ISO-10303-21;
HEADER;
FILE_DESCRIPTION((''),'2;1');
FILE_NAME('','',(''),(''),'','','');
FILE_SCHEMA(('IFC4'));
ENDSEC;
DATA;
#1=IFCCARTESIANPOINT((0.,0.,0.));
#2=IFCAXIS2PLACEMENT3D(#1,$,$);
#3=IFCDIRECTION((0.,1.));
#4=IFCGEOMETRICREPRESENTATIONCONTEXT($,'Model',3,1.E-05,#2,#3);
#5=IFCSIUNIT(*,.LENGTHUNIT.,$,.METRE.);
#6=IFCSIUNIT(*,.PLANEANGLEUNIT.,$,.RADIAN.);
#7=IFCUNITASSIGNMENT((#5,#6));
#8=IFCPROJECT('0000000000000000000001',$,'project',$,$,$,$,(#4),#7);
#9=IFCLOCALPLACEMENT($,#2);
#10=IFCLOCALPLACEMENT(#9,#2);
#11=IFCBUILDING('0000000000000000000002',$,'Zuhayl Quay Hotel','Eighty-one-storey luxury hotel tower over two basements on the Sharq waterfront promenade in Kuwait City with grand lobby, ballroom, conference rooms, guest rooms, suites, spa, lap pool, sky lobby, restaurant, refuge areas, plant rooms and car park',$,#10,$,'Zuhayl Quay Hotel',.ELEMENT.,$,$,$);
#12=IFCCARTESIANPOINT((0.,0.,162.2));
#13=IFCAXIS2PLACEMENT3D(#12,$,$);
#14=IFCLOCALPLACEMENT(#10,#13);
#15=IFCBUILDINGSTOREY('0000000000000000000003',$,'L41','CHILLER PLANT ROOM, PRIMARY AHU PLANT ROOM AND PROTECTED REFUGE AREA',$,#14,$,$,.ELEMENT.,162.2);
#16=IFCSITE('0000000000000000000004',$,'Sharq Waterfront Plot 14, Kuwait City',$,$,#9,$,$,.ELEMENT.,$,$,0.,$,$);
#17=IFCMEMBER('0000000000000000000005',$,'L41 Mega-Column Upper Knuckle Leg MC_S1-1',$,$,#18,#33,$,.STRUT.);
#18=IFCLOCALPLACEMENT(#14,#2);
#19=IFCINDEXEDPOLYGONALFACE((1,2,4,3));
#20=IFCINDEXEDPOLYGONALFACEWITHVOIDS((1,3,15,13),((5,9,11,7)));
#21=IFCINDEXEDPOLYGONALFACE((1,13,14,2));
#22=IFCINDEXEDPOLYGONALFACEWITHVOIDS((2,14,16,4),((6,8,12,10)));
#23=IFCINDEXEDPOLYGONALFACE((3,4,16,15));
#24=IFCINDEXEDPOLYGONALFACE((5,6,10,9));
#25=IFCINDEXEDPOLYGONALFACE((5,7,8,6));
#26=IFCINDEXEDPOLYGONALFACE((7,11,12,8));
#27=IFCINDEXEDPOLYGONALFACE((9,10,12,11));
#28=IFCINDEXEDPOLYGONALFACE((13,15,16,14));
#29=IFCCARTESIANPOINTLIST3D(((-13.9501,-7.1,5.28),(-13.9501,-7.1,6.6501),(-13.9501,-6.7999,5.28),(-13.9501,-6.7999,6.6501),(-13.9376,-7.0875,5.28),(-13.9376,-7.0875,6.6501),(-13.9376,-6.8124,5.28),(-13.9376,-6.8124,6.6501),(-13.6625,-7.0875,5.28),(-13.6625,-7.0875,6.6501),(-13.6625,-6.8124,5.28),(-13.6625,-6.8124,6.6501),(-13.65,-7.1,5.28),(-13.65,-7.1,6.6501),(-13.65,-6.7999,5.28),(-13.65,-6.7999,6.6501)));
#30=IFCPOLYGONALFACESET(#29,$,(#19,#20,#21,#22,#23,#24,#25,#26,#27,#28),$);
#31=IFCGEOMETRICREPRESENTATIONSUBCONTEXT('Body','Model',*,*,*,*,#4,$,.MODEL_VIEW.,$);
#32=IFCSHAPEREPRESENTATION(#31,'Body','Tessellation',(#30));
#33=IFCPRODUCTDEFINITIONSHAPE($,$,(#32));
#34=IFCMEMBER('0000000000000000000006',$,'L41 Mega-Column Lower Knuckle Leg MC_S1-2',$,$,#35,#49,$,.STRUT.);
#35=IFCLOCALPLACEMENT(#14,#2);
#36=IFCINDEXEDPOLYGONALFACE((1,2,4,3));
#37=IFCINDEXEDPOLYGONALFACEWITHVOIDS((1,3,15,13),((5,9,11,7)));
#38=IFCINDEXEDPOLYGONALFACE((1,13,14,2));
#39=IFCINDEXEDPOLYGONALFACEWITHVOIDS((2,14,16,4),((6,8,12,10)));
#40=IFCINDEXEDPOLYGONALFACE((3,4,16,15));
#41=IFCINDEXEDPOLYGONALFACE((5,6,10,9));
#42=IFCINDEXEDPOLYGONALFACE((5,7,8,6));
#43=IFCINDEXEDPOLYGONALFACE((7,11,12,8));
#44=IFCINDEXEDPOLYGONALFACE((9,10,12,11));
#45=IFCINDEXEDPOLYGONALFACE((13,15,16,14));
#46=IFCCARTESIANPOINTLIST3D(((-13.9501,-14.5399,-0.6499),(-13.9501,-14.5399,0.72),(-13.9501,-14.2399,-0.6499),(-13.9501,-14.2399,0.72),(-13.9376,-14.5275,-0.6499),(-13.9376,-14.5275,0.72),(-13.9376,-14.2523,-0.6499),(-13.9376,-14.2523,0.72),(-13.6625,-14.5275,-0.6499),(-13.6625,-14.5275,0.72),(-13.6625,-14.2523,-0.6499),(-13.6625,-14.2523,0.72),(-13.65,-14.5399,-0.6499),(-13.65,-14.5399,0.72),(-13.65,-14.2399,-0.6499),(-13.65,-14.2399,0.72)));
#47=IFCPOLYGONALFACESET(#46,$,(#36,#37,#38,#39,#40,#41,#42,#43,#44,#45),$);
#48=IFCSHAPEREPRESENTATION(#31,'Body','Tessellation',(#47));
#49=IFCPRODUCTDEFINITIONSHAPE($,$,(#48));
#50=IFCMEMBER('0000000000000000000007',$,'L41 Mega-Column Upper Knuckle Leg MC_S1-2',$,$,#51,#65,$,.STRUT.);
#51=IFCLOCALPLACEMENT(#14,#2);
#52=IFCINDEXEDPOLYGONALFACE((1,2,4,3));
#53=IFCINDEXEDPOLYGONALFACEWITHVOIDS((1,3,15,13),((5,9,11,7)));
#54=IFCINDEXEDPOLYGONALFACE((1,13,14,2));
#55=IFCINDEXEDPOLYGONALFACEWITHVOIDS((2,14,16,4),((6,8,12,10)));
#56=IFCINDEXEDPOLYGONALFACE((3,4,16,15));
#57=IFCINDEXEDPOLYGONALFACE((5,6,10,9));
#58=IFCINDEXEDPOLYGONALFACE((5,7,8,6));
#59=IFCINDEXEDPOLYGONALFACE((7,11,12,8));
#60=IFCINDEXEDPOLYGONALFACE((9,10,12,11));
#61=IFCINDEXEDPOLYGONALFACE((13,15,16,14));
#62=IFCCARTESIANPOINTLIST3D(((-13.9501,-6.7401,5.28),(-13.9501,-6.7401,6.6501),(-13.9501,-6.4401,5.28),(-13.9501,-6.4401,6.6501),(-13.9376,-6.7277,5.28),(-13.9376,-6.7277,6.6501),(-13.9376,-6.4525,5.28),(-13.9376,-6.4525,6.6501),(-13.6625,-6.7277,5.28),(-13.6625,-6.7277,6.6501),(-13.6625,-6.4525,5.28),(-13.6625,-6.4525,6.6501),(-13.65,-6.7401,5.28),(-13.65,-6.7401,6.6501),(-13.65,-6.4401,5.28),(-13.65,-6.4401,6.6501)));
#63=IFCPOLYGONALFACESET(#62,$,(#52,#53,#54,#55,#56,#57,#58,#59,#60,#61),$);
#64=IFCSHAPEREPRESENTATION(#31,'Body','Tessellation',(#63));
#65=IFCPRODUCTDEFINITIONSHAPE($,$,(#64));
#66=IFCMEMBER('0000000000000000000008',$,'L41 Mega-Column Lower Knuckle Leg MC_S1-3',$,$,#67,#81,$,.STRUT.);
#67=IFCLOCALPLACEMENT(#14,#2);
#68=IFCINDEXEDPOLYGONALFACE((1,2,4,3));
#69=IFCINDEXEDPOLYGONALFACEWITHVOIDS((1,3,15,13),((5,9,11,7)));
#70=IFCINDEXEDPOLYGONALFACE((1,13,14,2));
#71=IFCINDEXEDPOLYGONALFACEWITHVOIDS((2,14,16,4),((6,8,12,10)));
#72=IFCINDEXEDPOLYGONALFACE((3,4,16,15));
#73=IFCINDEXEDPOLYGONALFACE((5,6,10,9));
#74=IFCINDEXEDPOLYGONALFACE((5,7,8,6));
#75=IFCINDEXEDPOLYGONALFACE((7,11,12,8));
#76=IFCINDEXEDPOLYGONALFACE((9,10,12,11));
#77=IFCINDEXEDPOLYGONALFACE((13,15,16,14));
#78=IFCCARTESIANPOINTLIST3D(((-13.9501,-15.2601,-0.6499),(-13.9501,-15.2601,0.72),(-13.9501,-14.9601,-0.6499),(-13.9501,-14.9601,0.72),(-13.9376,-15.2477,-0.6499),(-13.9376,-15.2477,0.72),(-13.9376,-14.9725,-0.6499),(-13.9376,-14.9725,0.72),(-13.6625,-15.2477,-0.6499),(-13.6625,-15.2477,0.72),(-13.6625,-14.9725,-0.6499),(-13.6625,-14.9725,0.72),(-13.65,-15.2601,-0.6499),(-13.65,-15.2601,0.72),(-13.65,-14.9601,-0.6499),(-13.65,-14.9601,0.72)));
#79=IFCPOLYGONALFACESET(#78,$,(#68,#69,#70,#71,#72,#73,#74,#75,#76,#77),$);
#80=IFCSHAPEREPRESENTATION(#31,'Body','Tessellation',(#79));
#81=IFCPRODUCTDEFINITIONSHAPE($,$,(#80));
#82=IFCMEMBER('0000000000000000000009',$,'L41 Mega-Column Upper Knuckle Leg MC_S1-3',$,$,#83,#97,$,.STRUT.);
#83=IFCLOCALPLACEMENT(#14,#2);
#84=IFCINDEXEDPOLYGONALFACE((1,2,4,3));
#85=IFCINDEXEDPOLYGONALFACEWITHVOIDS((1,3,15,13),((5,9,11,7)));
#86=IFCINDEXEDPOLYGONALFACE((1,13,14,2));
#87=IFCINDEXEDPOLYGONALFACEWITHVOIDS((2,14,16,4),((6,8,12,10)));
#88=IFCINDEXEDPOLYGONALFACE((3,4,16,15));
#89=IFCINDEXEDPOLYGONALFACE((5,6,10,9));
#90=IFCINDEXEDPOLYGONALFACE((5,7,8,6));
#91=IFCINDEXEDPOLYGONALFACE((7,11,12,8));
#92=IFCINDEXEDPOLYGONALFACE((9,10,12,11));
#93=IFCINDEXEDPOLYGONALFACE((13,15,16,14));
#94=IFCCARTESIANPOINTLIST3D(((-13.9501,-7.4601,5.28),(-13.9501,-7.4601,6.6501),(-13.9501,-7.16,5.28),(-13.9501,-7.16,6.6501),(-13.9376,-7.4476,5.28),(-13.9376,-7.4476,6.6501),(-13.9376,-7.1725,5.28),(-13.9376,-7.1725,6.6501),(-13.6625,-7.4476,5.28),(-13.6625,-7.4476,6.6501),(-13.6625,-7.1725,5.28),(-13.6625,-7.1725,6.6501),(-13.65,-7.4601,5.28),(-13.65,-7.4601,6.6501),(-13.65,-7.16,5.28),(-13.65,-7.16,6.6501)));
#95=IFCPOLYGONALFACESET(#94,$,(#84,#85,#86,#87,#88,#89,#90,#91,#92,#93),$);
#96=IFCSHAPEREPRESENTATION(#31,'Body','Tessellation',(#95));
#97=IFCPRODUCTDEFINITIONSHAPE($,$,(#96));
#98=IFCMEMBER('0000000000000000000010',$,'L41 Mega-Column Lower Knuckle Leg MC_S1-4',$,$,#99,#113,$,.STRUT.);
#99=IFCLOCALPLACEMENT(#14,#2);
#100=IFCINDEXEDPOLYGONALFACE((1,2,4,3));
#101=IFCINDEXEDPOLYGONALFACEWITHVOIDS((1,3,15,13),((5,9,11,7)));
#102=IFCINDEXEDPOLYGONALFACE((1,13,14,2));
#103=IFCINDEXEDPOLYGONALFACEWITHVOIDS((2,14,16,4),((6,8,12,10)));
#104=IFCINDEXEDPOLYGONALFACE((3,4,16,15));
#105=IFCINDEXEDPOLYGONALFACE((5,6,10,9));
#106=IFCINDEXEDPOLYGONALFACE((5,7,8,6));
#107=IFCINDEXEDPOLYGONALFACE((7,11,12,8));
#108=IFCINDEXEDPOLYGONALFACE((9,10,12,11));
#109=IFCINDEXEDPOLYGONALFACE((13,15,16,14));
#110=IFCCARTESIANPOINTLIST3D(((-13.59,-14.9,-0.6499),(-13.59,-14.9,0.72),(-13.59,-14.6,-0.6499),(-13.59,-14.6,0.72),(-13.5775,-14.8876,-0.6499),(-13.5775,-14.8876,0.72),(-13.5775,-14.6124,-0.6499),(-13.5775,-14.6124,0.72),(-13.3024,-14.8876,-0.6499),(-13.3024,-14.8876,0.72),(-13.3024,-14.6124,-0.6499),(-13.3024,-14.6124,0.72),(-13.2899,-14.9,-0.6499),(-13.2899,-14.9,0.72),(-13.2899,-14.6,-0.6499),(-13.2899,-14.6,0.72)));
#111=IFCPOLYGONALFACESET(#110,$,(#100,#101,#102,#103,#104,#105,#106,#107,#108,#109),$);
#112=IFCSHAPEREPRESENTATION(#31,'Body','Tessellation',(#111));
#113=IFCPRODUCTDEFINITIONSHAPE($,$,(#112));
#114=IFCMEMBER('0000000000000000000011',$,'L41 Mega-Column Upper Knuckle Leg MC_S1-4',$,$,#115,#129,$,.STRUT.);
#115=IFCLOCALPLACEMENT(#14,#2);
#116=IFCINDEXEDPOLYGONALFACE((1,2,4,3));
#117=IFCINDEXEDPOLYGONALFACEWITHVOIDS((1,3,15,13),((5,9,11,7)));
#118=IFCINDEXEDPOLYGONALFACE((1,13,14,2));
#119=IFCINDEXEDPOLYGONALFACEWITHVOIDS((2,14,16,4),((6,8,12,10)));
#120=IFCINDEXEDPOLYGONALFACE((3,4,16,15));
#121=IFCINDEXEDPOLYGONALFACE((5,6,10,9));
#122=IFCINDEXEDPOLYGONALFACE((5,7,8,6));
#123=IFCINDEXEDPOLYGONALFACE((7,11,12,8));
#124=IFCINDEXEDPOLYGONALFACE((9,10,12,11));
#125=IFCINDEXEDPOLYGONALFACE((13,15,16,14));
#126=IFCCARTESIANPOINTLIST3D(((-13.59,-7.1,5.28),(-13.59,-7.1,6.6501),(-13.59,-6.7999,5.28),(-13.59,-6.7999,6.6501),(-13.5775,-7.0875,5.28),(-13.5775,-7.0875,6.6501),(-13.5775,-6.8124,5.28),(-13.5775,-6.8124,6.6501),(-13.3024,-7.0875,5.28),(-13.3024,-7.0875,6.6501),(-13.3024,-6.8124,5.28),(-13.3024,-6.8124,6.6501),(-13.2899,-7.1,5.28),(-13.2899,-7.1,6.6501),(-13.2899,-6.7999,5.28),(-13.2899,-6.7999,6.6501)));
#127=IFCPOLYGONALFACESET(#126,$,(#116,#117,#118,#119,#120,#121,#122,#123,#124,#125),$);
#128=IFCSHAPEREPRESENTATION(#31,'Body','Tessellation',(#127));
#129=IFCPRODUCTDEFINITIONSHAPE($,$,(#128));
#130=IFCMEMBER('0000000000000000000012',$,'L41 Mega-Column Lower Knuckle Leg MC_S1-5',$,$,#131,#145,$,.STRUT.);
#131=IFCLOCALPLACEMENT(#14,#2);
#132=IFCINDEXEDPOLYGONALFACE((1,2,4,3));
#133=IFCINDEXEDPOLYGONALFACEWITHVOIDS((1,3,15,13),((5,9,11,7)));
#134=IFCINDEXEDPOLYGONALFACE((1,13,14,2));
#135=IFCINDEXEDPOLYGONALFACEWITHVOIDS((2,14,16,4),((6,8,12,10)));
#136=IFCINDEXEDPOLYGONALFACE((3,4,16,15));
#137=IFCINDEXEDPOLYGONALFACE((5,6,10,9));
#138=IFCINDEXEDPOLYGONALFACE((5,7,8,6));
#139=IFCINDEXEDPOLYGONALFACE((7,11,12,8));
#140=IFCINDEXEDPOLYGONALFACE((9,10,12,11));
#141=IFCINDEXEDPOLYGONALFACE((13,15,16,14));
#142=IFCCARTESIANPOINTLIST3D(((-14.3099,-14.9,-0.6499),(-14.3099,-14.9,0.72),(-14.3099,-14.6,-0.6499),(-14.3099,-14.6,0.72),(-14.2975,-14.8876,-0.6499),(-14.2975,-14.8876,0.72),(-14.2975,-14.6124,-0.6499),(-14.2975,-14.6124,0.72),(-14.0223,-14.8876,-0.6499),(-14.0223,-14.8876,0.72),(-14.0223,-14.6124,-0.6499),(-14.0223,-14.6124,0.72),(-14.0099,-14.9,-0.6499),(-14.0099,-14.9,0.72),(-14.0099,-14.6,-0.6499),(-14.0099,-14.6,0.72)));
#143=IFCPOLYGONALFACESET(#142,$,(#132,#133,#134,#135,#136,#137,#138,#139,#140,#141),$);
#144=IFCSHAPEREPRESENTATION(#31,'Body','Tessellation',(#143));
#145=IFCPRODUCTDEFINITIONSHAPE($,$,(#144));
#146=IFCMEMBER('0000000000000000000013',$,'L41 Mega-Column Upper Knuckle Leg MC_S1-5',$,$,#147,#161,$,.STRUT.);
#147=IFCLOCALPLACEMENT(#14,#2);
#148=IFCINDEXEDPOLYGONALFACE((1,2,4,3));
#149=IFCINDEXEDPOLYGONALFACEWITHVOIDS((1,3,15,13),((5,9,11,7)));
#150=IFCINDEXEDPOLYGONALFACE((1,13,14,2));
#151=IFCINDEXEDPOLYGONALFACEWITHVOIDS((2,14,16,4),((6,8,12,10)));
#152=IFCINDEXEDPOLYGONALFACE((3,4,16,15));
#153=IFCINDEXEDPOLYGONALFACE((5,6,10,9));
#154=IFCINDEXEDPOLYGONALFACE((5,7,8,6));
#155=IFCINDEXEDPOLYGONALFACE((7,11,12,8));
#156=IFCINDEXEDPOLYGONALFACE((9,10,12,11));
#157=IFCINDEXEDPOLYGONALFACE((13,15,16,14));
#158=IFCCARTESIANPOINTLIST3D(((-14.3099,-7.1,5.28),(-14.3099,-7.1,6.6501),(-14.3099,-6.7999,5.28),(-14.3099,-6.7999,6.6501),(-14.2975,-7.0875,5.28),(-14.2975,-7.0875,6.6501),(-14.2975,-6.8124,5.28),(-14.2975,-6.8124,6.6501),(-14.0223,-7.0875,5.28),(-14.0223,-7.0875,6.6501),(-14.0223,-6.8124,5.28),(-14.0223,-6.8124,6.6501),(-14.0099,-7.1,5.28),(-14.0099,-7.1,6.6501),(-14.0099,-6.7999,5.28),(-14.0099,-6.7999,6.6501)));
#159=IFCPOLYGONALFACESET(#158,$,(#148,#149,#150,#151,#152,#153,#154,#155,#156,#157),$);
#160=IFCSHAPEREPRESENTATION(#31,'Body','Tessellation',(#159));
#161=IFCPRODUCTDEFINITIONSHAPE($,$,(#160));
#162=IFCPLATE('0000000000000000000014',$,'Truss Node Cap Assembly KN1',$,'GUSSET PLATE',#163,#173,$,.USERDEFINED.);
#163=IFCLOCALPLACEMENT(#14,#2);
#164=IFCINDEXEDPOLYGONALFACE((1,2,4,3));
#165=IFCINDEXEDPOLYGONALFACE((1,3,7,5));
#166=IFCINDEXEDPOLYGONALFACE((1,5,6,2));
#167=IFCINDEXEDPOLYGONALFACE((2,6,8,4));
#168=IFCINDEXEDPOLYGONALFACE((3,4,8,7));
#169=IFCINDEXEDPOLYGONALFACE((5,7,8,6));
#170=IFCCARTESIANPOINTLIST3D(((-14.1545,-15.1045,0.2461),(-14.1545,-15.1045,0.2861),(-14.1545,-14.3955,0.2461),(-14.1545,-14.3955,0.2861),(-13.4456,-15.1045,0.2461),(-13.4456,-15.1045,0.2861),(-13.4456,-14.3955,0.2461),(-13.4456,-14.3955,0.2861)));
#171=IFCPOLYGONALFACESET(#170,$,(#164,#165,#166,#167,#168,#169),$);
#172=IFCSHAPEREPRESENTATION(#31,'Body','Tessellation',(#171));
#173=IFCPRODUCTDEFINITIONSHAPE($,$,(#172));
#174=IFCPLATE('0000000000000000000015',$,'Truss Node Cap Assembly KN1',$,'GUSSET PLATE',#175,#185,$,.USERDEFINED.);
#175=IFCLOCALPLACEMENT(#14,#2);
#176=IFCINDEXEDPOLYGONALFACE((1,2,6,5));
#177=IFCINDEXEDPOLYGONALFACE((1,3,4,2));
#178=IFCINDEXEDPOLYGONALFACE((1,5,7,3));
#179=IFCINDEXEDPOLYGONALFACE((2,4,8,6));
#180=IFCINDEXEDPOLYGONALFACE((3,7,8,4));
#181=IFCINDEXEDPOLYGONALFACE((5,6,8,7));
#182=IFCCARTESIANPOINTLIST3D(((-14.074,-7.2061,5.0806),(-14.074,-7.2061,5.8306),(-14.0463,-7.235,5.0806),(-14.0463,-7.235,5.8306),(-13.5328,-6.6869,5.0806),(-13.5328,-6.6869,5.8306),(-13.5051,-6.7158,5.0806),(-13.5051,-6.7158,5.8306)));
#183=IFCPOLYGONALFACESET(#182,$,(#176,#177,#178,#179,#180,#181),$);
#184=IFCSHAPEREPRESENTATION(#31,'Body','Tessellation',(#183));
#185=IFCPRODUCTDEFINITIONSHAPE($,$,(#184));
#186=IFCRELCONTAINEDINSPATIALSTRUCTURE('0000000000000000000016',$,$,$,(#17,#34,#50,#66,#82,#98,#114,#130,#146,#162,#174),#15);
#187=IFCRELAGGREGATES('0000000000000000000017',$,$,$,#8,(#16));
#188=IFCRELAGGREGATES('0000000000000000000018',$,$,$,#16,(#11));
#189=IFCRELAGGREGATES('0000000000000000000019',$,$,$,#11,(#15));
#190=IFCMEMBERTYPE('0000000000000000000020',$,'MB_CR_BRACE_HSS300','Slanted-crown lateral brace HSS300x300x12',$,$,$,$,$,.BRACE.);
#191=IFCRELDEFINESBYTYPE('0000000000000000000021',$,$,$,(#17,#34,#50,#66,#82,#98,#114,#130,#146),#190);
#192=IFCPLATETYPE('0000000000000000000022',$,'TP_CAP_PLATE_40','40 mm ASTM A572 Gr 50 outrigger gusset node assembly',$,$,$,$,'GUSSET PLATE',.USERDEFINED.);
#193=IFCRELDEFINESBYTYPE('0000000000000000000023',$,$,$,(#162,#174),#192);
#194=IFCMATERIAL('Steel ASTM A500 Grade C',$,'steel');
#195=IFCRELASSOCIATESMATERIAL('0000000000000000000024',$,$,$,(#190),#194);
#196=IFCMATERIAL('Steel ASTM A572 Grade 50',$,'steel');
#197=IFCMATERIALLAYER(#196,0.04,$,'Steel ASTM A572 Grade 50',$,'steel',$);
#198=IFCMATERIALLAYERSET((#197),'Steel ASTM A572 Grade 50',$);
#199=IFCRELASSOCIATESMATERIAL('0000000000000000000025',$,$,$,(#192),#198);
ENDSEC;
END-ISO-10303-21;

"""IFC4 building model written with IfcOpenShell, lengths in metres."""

from ifc_helpers import new_model, si_unit, direction, frame, origin, origin_2d, place, context, subcontext, project, spatial, rectangle, hollow_rectangle, extrude, material, layer, layer_set, material_profile, profile_set, type_object, element, save


model = new_model("IFC4")

# Units and contexts
model_context = context("Model", 3, precision=1e-05, world=origin(), true_north=direction((0.0, 1.0)))
body_context = subcontext(model_context, "Body", "Model", "MODEL_VIEW")
ifc_project = project(units=[si_unit("LENGTHUNIT", "METRE"), si_unit("PLANEANGLEUNIT", "RADIAN")], contexts=[model_context])

# Site, building, storey
site_placement = place(None, origin())
site = spatial("IfcSite", under=ifc_project, at=site_placement, Name="Sharq Waterfront Plot 14, Kuwait City", CompositionType="ELEMENT", RefElevation=0.0)
building_placement = place(site_placement, origin())
building = spatial("IfcBuilding", under=site, at=building_placement, Name="Zuhayl Quay Hotel", Description="Eighty-one-storey luxury hotel tower over two basements on the Sharq waterfront promenade in Kuwait City with grand lobby, ballroom, conference rooms, guest rooms, suites, spa, lap pool, sky lobby, restaurant, refuge areas, plant rooms and car park", LongName="Zuhayl Quay Hotel", CompositionType="ELEMENT")
storey_placement = place(building_placement, frame((0.0, 0.0, 162.2)))
storey = spatial("IfcBuildingStorey", under=building, at=storey_placement, Name="L41", Description="CHILLER PLANT ROOM, PRIMARY AHU PLANT ROOM AND PROTECTED REFUGE AREA", CompositionType="ELEMENT", Elevation=162.2)

# Members
ifc_material_1 = material(Name="Steel ASTM A500 Grade C", Category="steel")
ifc_material_profile_1 = material_profile(ifc_material_1, hollow_rectangle(XDim=0.3, YDim=0.3, WallThickness=0.0125, at=origin_2d()), Name="HSS300X300X12")
ifc_profile_set_1 = profile_set([ifc_material_profile_1], Name="Steel ASTM A500 Grade C")
member_type_1 = type_object("IfcMemberType", Name="MB_CR_BRACE_HSS300", Description="Slanted-crown lateral brace HSS300x300x12", PredefinedType="BRACE", material=ifc_profile_set_1)
member_1_placement = place(storey_placement, frame((-13.8, -6.95, 5.28), z_axis=(0.0, 0.0, 1.0), x_axis=(1.0, 0.0, 0.0)))
element("IfcMember", 1, at=member_1_placement, inside=storey, type_object=member_type_1, Name="L41 Mega-Column Upper Knuckle Leg MC_S1-1", PredefinedType="STRUT", context=body_context, shape_type="SweptSolid", body=[
    extrude(hollow_rectangle(XDim=0.3, YDim=0.3, WallThickness=0.0125, at=origin_2d()), origin(), (0.0, 0.0, 1.0), 1.3701),
])
member_2_placement = place(storey_placement, frame((-13.8, -14.3899, -0.6499), z_axis=(0.0, 0.0, 1.0), x_axis=(1.0, 0.0, 0.0)))
element("IfcMember", 2, at=member_2_placement, inside=storey, type_object=member_type_1, Name="L41 Mega-Column Lower Knuckle Leg MC_S1-2", PredefinedType="STRUT", context=body_context, shape_type="SweptSolid", body=[
    extrude(hollow_rectangle(XDim=0.3, YDim=0.3, WallThickness=0.0125, at=origin_2d()), origin(), (0.0, 0.0, 1.0), 1.3699),
])
member_3_placement = place(storey_placement, frame((-13.8, -6.5901, 5.28), z_axis=(0.0, 0.0, 1.0), x_axis=(1.0, 0.0, 0.0)))
element("IfcMember", 3, at=member_3_placement, inside=storey, type_object=member_type_1, Name="L41 Mega-Column Upper Knuckle Leg MC_S1-2", PredefinedType="STRUT", context=body_context, shape_type="SweptSolid", body=[
    extrude(hollow_rectangle(XDim=0.3, YDim=0.3, WallThickness=0.0125, at=origin_2d()), origin(), (0.0, 0.0, 1.0), 1.3701),
])
member_4_placement = place(storey_placement, frame((-13.8, -15.1101, -0.6499), z_axis=(0.0, 0.0, 1.0), x_axis=(1.0, 0.0, 0.0)))
element("IfcMember", 4, at=member_4_placement, inside=storey, type_object=member_type_1, Name="L41 Mega-Column Lower Knuckle Leg MC_S1-3", PredefinedType="STRUT", context=body_context, shape_type="SweptSolid", body=[
    extrude(hollow_rectangle(XDim=0.3, YDim=0.3, WallThickness=0.0125, at=origin_2d()), origin(), (0.0, 0.0, 1.0), 1.3699),
])
member_5_placement = place(storey_placement, frame((-13.8, -7.3101, 5.28), z_axis=(0.0, 0.0, 1.0), x_axis=(1.0, 0.0, 0.0)))
element("IfcMember", 5, at=member_5_placement, inside=storey, type_object=member_type_1, Name="L41 Mega-Column Upper Knuckle Leg MC_S1-3", PredefinedType="STRUT", context=body_context, shape_type="SweptSolid", body=[
    extrude(hollow_rectangle(XDim=0.3, YDim=0.3, WallThickness=0.0125, at=origin_2d()), origin(), (0.0, 0.0, 1.0), 1.3701),
])
member_6_placement = place(storey_placement, frame((-13.4399, -14.75, -0.6499), z_axis=(0.0, 0.0, 1.0), x_axis=(1.0, 0.0, 0.0)))
element("IfcMember", 6, at=member_6_placement, inside=storey, type_object=member_type_1, Name="L41 Mega-Column Lower Knuckle Leg MC_S1-4", PredefinedType="STRUT", context=body_context, shape_type="SweptSolid", body=[
    extrude(hollow_rectangle(XDim=0.3, YDim=0.3, WallThickness=0.0125, at=origin_2d()), origin(), (0.0, 0.0, 1.0), 1.3699),
])
member_7_placement = place(storey_placement, frame((-13.4399, -6.95, 5.28), z_axis=(0.0, 0.0, 1.0), x_axis=(1.0, 0.0, 0.0)))
element("IfcMember", 7, at=member_7_placement, inside=storey, type_object=member_type_1, Name="L41 Mega-Column Upper Knuckle Leg MC_S1-4", PredefinedType="STRUT", context=body_context, shape_type="SweptSolid", body=[
    extrude(hollow_rectangle(XDim=0.3, YDim=0.3, WallThickness=0.0125, at=origin_2d()), origin(), (0.0, 0.0, 1.0), 1.3701),
])
member_8_placement = place(storey_placement, frame((-14.1599, -14.75, -0.6499), z_axis=(0.0, 0.0, 1.0), x_axis=(1.0, 0.0, 0.0)))
element("IfcMember", 8, at=member_8_placement, inside=storey, type_object=member_type_1, Name="L41 Mega-Column Lower Knuckle Leg MC_S1-5", PredefinedType="STRUT", context=body_context, shape_type="SweptSolid", body=[
    extrude(hollow_rectangle(XDim=0.3, YDim=0.3, WallThickness=0.0125, at=origin_2d()), origin(), (0.0, 0.0, 1.0), 1.3699),
])
member_9_placement = place(storey_placement, frame((-14.1599, -6.95, 5.28), z_axis=(0.0, 0.0, 1.0), x_axis=(1.0, 0.0, 0.0)))
element("IfcMember", 9, at=member_9_placement, inside=storey, type_object=member_type_1, Name="L41 Mega-Column Upper Knuckle Leg MC_S1-5", PredefinedType="STRUT", context=body_context, shape_type="SweptSolid", body=[
    extrude(hollow_rectangle(XDim=0.3, YDim=0.3, WallThickness=0.0125, at=origin_2d()), origin(), (0.0, 0.0, 1.0), 1.3701),
])

# Plates
ifc_material_2 = material(Name="Steel ASTM A572 Grade 50", Category="steel")
ifc_layer_1 = layer(ifc_material_2, 0.04, Name="Steel ASTM A572 Grade 50", Category="steel")
ifc_layer_set_1 = layer_set([ifc_layer_1], Name="Steel ASTM A572 Grade 50")
plate_type = type_object("IfcPlateType", Name="TP_CAP_PLATE_40", Description="40 mm ASTM A572 Gr 50 outrigger gusset node assembly", ElementType="GUSSET PLATE", PredefinedType="USERDEFINED", material=ifc_layer_set_1)
plate_1_placement = place(storey_placement, frame((-13.8, -14.75, 0.2461), z_axis=(0.0, 0.0, 1.0), x_axis=(1.0, 0.0, 0.0)))
element("IfcPlate", 10, at=plate_1_placement, inside=storey, type_object=plate_type, Name="Truss Node Cap Assembly KN1", ObjectType="GUSSET PLATE", PredefinedType="USERDEFINED", context=body_context, shape_type="SweptSolid", body=[
    extrude(rectangle(XDim=0.709, YDim=0.709, at=origin_2d()), origin(), (0.0, 0.0, 1.0), 0.04),
])
plate_2_placement = place(storey_placement, frame((-13.7896, -6.9609, 5.0806), z_axis=(0.0, 0.0, 1.0), x_axis=(0.692269, -0.721639, 0.0)))
element("IfcPlate", 11, at=plate_2_placement, inside=storey, type_object=plate_type, Name="Truss Node Cap Assembly KN1", ObjectType="GUSSET PLATE", PredefinedType="USERDEFINED", context=body_context, shape_type="SweptSolid", body=[
    extrude(rectangle(XDim=0.04, YDim=0.75, at=origin_2d()), origin(), (0.0, 0.0, 1.0), 0.75),
])

save(model, "model.ifc")
